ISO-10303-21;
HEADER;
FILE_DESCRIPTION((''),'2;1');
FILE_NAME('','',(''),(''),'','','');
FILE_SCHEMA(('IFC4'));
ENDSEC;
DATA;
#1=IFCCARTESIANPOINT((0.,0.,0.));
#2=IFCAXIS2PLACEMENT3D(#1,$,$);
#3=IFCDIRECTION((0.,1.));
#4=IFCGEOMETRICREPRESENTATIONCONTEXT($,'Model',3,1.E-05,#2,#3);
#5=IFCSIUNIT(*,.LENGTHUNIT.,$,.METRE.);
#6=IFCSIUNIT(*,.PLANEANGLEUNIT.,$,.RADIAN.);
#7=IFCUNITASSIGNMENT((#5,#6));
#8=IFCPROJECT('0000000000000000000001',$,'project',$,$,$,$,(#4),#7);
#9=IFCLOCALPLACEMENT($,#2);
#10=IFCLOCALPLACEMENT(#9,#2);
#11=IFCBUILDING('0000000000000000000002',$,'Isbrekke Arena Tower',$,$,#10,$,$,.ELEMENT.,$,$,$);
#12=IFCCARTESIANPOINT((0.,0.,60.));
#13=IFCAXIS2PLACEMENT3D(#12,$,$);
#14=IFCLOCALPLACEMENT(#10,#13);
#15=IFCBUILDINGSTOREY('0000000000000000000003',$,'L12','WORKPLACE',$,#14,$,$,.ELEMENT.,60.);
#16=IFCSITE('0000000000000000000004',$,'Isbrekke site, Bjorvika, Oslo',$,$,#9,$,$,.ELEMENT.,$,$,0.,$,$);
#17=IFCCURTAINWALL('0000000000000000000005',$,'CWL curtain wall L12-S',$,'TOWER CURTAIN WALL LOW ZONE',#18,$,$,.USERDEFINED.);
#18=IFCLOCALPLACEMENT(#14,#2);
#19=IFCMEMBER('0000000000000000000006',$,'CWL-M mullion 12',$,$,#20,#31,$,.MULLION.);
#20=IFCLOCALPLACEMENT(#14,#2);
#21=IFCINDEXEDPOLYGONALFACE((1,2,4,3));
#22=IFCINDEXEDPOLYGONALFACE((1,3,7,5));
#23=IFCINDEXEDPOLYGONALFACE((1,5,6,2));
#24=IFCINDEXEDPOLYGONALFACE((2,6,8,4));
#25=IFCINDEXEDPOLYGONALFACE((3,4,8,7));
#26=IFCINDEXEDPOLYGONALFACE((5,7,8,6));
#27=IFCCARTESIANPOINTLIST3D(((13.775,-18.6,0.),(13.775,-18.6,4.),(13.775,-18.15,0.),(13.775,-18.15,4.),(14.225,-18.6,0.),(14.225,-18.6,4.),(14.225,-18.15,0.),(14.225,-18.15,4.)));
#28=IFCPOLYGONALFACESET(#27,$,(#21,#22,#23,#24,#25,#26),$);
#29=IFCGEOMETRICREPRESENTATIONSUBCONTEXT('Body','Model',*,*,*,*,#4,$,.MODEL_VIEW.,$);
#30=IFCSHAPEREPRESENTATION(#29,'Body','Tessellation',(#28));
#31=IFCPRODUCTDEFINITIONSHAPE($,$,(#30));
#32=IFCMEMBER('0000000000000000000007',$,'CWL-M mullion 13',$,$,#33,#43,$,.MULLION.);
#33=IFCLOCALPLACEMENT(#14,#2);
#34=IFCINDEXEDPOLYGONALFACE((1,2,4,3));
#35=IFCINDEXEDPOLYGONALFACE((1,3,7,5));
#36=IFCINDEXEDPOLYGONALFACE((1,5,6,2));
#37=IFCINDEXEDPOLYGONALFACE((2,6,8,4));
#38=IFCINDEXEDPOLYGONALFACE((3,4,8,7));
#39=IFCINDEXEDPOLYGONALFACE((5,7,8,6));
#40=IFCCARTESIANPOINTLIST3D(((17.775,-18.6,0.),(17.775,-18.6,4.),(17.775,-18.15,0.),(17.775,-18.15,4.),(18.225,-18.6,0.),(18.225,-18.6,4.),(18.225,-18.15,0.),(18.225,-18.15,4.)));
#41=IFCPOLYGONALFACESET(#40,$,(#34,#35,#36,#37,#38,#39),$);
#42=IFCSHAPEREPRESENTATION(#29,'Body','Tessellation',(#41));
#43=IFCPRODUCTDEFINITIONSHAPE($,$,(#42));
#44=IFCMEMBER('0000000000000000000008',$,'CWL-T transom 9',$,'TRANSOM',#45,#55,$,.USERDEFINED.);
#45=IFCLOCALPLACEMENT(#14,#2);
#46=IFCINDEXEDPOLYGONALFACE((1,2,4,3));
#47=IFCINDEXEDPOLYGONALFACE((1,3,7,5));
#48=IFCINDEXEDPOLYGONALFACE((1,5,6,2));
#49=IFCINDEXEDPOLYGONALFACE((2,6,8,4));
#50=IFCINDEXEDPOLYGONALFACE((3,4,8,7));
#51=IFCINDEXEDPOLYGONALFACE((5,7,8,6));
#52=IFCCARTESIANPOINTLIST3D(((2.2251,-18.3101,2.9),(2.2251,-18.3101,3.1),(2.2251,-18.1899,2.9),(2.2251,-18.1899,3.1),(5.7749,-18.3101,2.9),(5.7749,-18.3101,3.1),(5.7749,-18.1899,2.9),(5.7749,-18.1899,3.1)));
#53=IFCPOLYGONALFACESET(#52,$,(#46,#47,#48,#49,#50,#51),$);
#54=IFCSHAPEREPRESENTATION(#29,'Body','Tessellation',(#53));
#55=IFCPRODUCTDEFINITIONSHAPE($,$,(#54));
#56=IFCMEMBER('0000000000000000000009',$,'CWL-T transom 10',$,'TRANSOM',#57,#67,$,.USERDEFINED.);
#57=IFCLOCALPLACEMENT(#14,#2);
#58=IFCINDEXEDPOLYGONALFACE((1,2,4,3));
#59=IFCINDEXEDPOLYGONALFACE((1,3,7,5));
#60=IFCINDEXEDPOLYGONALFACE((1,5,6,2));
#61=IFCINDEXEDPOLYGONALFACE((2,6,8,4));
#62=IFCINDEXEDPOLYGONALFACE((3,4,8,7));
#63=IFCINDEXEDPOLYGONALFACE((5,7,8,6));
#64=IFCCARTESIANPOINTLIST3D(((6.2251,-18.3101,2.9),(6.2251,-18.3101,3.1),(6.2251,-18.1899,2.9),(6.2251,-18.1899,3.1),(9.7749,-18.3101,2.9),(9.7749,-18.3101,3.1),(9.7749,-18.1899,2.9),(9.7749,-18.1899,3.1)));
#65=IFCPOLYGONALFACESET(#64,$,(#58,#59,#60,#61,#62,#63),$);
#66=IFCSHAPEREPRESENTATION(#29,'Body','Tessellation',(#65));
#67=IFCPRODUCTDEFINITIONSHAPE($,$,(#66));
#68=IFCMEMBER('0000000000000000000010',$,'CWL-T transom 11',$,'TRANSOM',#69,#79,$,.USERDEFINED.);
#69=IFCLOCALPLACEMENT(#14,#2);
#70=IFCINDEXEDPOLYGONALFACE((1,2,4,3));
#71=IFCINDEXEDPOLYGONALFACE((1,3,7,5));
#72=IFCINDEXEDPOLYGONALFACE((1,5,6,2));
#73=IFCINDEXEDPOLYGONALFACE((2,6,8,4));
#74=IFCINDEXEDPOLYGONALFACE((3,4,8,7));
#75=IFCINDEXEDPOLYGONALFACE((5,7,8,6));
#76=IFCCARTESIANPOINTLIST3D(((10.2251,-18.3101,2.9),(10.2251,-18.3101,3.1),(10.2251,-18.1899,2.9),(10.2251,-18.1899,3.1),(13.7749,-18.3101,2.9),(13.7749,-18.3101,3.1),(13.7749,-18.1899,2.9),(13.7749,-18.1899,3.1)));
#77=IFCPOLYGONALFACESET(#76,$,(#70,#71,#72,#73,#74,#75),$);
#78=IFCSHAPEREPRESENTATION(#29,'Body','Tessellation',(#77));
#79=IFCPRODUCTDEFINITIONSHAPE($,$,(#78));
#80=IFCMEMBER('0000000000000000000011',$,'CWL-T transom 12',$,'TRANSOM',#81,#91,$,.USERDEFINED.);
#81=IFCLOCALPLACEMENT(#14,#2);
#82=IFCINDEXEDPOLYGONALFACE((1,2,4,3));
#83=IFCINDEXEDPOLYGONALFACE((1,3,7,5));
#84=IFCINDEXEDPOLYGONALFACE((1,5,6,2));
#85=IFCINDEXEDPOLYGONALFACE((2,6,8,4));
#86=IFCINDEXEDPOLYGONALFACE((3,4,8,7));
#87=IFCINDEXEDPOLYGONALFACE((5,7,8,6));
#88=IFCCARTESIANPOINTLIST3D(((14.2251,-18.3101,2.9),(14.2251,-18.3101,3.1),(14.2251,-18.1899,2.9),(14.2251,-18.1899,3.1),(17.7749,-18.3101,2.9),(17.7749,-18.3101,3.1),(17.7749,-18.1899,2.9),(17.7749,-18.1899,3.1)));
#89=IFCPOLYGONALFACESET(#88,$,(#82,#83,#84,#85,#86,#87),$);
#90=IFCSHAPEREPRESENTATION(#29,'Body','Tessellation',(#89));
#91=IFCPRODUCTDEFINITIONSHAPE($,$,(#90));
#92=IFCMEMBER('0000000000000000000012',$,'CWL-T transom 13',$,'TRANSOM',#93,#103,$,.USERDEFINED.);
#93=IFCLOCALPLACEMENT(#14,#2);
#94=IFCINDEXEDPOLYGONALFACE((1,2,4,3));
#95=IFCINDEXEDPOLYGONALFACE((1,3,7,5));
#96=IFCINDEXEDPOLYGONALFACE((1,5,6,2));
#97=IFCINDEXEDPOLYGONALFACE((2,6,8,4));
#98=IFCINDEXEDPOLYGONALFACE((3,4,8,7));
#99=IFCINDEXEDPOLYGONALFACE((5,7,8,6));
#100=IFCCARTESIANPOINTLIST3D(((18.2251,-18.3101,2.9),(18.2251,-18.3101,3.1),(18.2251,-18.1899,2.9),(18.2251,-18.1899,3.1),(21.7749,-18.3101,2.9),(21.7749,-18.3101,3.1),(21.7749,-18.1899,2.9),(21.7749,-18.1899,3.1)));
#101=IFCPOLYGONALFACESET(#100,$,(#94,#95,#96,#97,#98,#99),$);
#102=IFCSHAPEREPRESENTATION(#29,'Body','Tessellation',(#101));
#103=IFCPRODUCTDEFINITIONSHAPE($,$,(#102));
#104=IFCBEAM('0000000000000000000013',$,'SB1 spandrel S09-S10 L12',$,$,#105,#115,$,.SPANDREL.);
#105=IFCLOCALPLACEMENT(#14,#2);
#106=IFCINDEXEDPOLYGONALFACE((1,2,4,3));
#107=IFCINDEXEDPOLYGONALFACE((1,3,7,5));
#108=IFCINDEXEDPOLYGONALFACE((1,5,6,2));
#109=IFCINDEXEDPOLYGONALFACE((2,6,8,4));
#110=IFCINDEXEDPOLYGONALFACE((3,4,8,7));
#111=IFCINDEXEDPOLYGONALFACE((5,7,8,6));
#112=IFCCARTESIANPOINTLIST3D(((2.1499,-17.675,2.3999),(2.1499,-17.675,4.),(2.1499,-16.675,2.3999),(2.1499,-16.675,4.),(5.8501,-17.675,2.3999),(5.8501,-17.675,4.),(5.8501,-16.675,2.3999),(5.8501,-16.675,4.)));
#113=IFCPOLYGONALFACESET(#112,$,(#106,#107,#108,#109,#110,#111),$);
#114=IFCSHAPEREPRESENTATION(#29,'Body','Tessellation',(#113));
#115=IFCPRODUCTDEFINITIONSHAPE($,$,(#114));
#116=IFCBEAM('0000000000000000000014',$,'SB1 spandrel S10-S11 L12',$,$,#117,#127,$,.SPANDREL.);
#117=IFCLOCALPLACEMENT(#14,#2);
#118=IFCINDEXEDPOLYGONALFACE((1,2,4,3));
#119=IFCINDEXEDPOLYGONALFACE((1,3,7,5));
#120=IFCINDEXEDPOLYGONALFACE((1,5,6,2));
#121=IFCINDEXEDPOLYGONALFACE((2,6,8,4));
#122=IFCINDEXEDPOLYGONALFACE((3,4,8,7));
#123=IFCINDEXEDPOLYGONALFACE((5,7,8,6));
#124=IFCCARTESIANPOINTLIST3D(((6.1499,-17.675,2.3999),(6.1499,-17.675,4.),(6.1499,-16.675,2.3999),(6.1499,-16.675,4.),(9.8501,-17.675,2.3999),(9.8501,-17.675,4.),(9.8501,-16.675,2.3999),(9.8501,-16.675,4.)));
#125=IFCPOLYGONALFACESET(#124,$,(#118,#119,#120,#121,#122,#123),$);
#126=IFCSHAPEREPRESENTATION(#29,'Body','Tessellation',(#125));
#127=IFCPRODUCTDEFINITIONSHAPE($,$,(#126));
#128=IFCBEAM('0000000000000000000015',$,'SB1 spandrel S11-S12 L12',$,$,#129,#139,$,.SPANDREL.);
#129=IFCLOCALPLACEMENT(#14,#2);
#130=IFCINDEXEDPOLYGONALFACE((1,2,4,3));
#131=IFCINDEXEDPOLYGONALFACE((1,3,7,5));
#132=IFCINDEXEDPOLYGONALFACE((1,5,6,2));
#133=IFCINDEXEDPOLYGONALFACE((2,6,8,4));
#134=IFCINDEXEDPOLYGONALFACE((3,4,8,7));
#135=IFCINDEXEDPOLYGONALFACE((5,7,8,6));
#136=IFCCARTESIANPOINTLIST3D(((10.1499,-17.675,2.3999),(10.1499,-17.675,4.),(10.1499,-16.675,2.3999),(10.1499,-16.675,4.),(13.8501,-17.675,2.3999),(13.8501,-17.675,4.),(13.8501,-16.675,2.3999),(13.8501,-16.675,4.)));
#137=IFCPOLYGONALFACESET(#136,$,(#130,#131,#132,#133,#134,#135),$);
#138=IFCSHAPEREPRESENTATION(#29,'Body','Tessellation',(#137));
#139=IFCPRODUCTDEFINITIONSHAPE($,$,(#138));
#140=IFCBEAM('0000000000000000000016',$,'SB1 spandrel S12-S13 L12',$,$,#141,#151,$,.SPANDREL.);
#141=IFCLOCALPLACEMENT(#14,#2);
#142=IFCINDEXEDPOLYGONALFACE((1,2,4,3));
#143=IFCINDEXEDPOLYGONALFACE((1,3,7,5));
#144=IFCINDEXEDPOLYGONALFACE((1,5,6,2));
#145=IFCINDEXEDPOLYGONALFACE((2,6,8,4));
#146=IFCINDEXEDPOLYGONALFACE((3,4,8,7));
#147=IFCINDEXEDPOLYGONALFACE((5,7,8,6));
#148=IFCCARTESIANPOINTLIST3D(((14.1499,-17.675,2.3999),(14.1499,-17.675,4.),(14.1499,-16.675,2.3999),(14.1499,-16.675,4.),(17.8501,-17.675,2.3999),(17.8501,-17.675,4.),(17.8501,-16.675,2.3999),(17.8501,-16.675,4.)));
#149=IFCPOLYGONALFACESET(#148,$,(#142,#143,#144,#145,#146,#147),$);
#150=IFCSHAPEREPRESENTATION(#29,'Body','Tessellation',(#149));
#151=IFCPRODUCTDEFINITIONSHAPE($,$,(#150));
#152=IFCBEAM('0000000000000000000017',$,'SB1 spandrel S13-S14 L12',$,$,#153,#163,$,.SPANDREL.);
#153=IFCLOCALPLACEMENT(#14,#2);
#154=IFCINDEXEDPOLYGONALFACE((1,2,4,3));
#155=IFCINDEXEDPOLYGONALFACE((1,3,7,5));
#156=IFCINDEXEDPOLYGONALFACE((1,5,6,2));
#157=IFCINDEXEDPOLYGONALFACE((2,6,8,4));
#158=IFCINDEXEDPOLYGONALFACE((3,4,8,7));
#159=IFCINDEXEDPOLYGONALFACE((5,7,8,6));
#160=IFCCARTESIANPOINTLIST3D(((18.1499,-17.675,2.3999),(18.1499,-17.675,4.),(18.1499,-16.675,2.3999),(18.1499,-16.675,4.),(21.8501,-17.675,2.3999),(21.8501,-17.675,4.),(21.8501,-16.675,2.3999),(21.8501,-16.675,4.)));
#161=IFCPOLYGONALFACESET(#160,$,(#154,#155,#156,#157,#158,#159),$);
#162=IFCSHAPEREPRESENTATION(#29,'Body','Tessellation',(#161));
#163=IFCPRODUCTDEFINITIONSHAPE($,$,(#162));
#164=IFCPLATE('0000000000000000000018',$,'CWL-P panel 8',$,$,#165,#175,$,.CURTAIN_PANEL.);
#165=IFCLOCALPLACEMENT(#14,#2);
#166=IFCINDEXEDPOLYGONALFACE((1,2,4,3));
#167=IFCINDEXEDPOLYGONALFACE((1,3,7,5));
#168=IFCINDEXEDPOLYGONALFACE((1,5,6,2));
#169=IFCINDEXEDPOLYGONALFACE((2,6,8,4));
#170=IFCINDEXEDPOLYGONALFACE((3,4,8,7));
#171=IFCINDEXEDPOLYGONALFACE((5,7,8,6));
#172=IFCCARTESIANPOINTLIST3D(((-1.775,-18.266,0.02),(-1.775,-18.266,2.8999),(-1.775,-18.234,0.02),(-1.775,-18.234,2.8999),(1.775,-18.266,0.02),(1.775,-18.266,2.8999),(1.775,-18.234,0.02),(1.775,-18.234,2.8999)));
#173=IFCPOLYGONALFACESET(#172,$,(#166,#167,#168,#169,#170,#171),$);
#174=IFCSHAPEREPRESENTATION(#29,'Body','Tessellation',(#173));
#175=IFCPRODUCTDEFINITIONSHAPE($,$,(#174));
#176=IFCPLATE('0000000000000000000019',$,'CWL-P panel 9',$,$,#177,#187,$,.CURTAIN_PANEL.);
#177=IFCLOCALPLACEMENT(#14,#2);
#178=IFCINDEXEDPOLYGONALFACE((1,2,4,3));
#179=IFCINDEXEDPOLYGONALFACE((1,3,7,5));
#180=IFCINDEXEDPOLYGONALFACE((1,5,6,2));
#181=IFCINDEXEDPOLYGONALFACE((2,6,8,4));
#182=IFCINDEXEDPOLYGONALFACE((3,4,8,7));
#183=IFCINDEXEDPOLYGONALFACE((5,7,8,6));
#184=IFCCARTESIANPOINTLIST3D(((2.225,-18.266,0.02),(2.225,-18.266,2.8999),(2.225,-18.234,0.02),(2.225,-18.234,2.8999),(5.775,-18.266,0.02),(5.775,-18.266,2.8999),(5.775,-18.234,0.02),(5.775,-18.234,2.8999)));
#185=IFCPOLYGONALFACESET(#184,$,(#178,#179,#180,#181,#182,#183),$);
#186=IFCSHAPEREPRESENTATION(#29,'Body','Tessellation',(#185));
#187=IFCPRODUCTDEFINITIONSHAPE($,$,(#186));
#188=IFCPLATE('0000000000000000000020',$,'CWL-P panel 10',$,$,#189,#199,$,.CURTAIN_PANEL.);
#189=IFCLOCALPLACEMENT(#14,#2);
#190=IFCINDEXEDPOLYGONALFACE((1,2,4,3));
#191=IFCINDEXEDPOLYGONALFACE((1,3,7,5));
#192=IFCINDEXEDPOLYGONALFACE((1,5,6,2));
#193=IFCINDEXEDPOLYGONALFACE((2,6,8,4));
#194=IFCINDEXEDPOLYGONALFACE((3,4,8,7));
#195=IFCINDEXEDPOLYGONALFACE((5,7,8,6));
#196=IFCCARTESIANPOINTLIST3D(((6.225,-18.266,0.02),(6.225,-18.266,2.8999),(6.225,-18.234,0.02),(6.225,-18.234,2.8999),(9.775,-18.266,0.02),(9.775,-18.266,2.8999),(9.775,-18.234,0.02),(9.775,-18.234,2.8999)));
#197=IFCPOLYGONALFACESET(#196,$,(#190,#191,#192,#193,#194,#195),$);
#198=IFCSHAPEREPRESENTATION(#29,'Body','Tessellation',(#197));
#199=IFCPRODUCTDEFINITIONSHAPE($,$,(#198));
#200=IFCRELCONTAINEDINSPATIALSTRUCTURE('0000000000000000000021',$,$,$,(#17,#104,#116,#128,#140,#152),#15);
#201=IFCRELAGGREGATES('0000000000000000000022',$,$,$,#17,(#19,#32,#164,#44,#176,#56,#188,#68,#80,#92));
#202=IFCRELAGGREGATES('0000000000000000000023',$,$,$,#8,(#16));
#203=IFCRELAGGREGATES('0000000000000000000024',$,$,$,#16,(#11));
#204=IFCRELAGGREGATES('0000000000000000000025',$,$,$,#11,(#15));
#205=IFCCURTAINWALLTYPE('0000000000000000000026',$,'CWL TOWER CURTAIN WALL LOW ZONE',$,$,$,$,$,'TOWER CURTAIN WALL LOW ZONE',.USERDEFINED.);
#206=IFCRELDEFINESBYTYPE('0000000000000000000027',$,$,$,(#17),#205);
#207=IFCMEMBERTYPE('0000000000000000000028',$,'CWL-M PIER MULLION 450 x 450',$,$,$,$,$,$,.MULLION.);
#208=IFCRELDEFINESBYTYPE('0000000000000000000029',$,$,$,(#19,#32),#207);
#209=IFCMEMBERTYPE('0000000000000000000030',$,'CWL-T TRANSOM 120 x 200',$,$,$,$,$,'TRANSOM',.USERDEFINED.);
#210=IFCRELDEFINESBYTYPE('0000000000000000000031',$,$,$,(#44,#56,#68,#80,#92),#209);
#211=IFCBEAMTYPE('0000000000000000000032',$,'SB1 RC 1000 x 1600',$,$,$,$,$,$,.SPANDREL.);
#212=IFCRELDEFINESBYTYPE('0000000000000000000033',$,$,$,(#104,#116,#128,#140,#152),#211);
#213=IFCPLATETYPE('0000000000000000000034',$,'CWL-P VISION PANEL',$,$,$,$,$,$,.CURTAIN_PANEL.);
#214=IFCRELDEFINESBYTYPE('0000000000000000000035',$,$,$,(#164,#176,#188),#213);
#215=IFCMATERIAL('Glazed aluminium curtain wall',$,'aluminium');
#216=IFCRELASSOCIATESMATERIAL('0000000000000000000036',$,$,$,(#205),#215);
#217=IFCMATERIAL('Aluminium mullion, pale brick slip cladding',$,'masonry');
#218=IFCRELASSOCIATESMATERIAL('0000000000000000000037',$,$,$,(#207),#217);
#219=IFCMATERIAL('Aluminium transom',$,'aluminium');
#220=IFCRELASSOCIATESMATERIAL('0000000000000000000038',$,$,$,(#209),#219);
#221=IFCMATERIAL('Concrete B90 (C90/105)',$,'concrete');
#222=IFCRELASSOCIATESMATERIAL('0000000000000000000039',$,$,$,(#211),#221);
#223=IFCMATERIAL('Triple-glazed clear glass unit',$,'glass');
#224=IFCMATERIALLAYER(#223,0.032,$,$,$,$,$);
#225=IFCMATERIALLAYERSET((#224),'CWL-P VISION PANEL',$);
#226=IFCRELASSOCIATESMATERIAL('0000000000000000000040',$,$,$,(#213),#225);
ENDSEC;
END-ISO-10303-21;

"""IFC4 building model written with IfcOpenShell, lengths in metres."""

from ifc_helpers import new_model, si_unit, direction, frame, origin, origin_2d, place, context, subcontext, project, spatial, rectangle, extrude, material, layer, layer_set, material_profile, profile_set, type_object, element, aggregate, save


model = new_model("IFC4")

# Units and contexts
model_context = context("Model", 3, precision=1e-05, world=origin(), true_north=direction((0.0, 1.0)))
body_context = subcontext(model_context, "Body", "Model", "MODEL_VIEW")
ifc_project = project(units=[si_unit("LENGTHUNIT", "METRE"), si_unit("PLANEANGLEUNIT", "RADIAN")], contexts=[model_context])

# Site, building, storey
site_placement = place(None, origin())
site = spatial("IfcSite", under=ifc_project, at=site_placement, Name="Isbrekke site, Bjorvika, Oslo", CompositionType="ELEMENT", RefElevation=0.0)
building_placement = place(site_placement, origin())
building = spatial("IfcBuilding", under=site, at=building_placement, Name="Isbrekke Arena Tower", CompositionType="ELEMENT")
storey_placement = place(building_placement, frame((0.0, 0.0, 60.0)))
storey = spatial("IfcBuildingStorey", under=building, at=storey_placement, Name="L12", Description="WORKPLACE", CompositionType="ELEMENT", Elevation=60.0)

# Curtain wall, members
ifc_material_1 = material(Name="Glazed aluminium curtain wall", Category="aluminium")
curtain_wall_type = type_object("IfcCurtainWallType", Name="CWL TOWER CURTAIN WALL LOW ZONE", ElementType="TOWER CURTAIN WALL LOW ZONE", PredefinedType="USERDEFINED", material=ifc_material_1)
curtain_wall_placement = place(storey_placement, origin())
curtain_wall = element("IfcCurtainWall", 1, at=curtain_wall_placement, inside=storey, type_object=curtain_wall_type, Name="CWL curtain wall L12-S", ObjectType="TOWER CURTAIN WALL LOW ZONE", PredefinedType="USERDEFINED")
ifc_material_2 = material(Name="Aluminium mullion, pale brick slip cladding", Category="masonry")
ifc_material_profile_1 = material_profile(ifc_material_2, rectangle(XDim=0.45, YDim=0.45, at=origin_2d()), Name="PIER 450X450")
ifc_profile_set_1 = profile_set([ifc_material_profile_1], Name="Aluminium mullion, pale brick slip cladding")
member_type_1 = type_object("IfcMemberType", Name="CWL-M PIER MULLION 450 x 450", PredefinedType="MULLION", material=ifc_profile_set_1)
member_1_placement = place(storey_placement, frame((14.0, -18.375, 0.0), z_axis=(0.0, 0.0, 1.0), x_axis=(1.0, 0.0, 0.0)))
member_1 = element("IfcMember", 2, at=member_1_placement, type_object=member_type_1, Name="CWL-M mullion 12", PredefinedType="MULLION", context=body_context, shape_type="SweptSolid", body=[
    extrude(rectangle(XDim=0.45, YDim=0.45, at=origin_2d()), origin(), (0.0, 0.0, 1.0), 4.0),
])
member_2_placement = place(storey_placement, frame((18.0, -18.375, 0.0), z_axis=(0.0, 0.0, 1.0), x_axis=(1.0, 0.0, 0.0)))
member_2 = element("IfcMember", 3, at=member_2_placement, type_object=member_type_1, Name="CWL-M mullion 13", PredefinedType="MULLION", context=body_context, shape_type="SweptSolid", body=[
    extrude(rectangle(XDim=0.45, YDim=0.45, at=origin_2d()), origin(), (0.0, 0.0, 1.0), 4.0),
])
ifc_material_3 = material(Name="Aluminium transom", Category="aluminium")
ifc_material_profile_2 = material_profile(ifc_material_3, rectangle(XDim=0.1201, YDim=0.2, at=origin_2d()), Name="TRANSOM 120X200")
ifc_profile_set_2 = profile_set([ifc_material_profile_2], Name="Aluminium transom")
member_type_2 = type_object("IfcMemberType", Name="CWL-T TRANSOM 120 x 200", ElementType="TRANSOM", PredefinedType="USERDEFINED", material=ifc_profile_set_2)
member_3_placement = place(storey_placement, frame((2.2251, -18.25, 3.0), z_axis=(1.0, 0.0, 0.0), x_axis=(0.0, 1.0, 0.0)))
member_3 = element("IfcMember", 4, at=member_3_placement, type_object=member_type_2, Name="CWL-T transom 9", ObjectType="TRANSOM", PredefinedType="USERDEFINED", context=body_context, shape_type="SweptSolid", body=[
    extrude(rectangle(XDim=0.1201, YDim=0.2, at=origin_2d()), origin(), (0.0, 0.0, 1.0), 3.5498),
])
member_4_placement = place(storey_placement, frame((6.2251, -18.25, 3.0), z_axis=(1.0, 0.0, 0.0), x_axis=(0.0, 1.0, 0.0)))
member_4 = element("IfcMember", 5, at=member_4_placement, type_object=member_type_2, Name="CWL-T transom 10", ObjectType="TRANSOM", PredefinedType="USERDEFINED", context=body_context, shape_type="SweptSolid", body=[
    extrude(rectangle(XDim=0.1201, YDim=0.2, at=origin_2d()), origin(), (0.0, 0.0, 1.0), 3.5498),
])
member_5_placement = place(storey_placement, frame((10.2251, -18.25, 3.0), z_axis=(1.0, 0.0, 0.0), x_axis=(0.0, 1.0, 0.0)))
member_5 = element("IfcMember", 6, at=member_5_placement, type_object=member_type_2, Name="CWL-T transom 11", ObjectType="TRANSOM", PredefinedType="USERDEFINED", context=body_context, shape_type="SweptSolid", body=[
    extrude(rectangle(XDim=0.1201, YDim=0.2, at=origin_2d()), origin(), (0.0, 0.0, 1.0), 3.5498),
])
member_6_placement = place(storey_placement, frame((14.2251, -18.25, 3.0), z_axis=(1.0, 0.0, 0.0), x_axis=(0.0, 1.0, 0.0)))
member_6 = element("IfcMember", 7, at=member_6_placement, type_object=member_type_2, Name="CWL-T transom 12", ObjectType="TRANSOM", PredefinedType="USERDEFINED", context=body_context, shape_type="SweptSolid", body=[
    extrude(rectangle(XDim=0.1201, YDim=0.2, at=origin_2d()), origin(), (0.0, 0.0, 1.0), 3.5498),
])
member_7_placement = place(storey_placement, frame((18.2251, -18.25, 3.0), z_axis=(1.0, 0.0, 0.0), x_axis=(0.0, 1.0, 0.0)))
member_7 = element("IfcMember", 8, at=member_7_placement, type_object=member_type_2, Name="CWL-T transom 13", ObjectType="TRANSOM", PredefinedType="USERDEFINED", context=body_context, shape_type="SweptSolid", body=[
    extrude(rectangle(XDim=0.1201, YDim=0.2, at=origin_2d()), origin(), (0.0, 0.0, 1.0), 3.5498),
])

# Beams
ifc_material_4 = material(Name="Concrete B90 (C90/105)", Category="concrete")
ifc_material_profile_3 = material_profile(ifc_material_4, rectangle(XDim=1.0, YDim=1.6001, at=origin_2d()), Name="RC 1000x1600")
ifc_profile_set_3 = profile_set([ifc_material_profile_3], Name="Concrete B90 (C90/105)")
beam_type_1 = type_object("IfcBeamType", Name="SB1 RC 1000 x 1600", PredefinedType="SPANDREL", material=ifc_profile_set_3)
for number, where, z_axis, x_axis, name in (
    (9, (2.1499, -17.175, 3.2), (1.0, 0.0, 0.0), (0.0, 1.0, 0.0), "SB1 spandrel S09-S10 L12"),
    (10, (6.1499, -17.175, 3.2), (1.0, 0.0, 0.0), (0.0, 1.0, 0.0), "SB1 spandrel S10-S11 L12"),
    (11, (10.1499, -17.175, 3.2), (1.0, 0.0, 0.0), (0.0, 1.0, 0.0), "SB1 spandrel S11-S12 L12"),
    (12, (14.1499, -17.175, 3.2), (1.0, 0.0, 0.0), (0.0, 1.0, 0.0), "SB1 spandrel S12-S13 L12"),
    (13, (18.1499, -17.175, 3.2), (1.0, 0.0, 0.0), (0.0, 1.0, 0.0), "SB1 spandrel S13-S14 L12"),
):
    element("IfcBeam", number, at=place(storey_placement, frame(where, z_axis=z_axis, x_axis=x_axis)), inside=storey, type_object=beam_type_1, Name=name, PredefinedType="SPANDREL", context=body_context, shape_type="SweptSolid", body=[
        extrude(rectangle(XDim=1.0, YDim=1.6001, at=origin_2d()), origin(), (0.0, 0.0, 1.0), 3.7002),
    ])

# Plates
ifc_material_5 = material(Name="Triple-glazed clear glass unit", Category="glass")
ifc_layer = layer(ifc_material_5, 0.032)
ifc_layer_set = layer_set([ifc_layer], Name="CWL-P VISION PANEL")
plate_type = type_object("IfcPlateType", Name="CWL-P VISION PANEL", PredefinedType="CURTAIN_PANEL", material=ifc_layer_set)
plate_1_placement = place(storey_placement, frame((0.0, -18.25, 0.02), z_axis=(0.0, 0.0, 1.0), x_axis=(1.0, 0.0, 0.0)))
plate_1 = element("IfcPlate", 14, at=plate_1_placement, type_object=plate_type, Name="CWL-P panel 8", PredefinedType="CURTAIN_PANEL", context=body_context, shape_type="SweptSolid", body=[
    extrude(rectangle(XDim=3.55, YDim=0.032, at=origin_2d()), origin(), (0.0, 0.0, 1.0), 2.8799),
])
plate_2_placement = place(storey_placement, frame((4.0, -18.25, 0.02), z_axis=(0.0, 0.0, 1.0), x_axis=(1.0, 0.0, 0.0)))
plate_2 = element("IfcPlate", 15, at=plate_2_placement, type_object=plate_type, Name="CWL-P panel 9", PredefinedType="CURTAIN_PANEL", context=body_context, shape_type="SweptSolid", body=[
    extrude(rectangle(XDim=3.55, YDim=0.032, at=origin_2d()), origin(), (0.0, 0.0, 1.0), 2.8799),
])
plate_3_placement = place(storey_placement, frame((8.0, -18.25, 0.02), z_axis=(0.0, 0.0, 1.0), x_axis=(1.0, 0.0, 0.0)))
plate_3 = element("IfcPlate", 16, at=plate_3_placement, type_object=plate_type, Name="CWL-P panel 10", PredefinedType="CURTAIN_PANEL", context=body_context, shape_type="SweptSolid", body=[
    extrude(rectangle(XDim=3.55, YDim=0.032, at=origin_2d()), origin(), (0.0, 0.0, 1.0), 2.8799),
])
aggregate(curtain_wall, [member_1, member_2, plate_1, member_3, plate_2, member_4, plate_3, member_5, member_6, member_7])

save(model, "model.ifc")
